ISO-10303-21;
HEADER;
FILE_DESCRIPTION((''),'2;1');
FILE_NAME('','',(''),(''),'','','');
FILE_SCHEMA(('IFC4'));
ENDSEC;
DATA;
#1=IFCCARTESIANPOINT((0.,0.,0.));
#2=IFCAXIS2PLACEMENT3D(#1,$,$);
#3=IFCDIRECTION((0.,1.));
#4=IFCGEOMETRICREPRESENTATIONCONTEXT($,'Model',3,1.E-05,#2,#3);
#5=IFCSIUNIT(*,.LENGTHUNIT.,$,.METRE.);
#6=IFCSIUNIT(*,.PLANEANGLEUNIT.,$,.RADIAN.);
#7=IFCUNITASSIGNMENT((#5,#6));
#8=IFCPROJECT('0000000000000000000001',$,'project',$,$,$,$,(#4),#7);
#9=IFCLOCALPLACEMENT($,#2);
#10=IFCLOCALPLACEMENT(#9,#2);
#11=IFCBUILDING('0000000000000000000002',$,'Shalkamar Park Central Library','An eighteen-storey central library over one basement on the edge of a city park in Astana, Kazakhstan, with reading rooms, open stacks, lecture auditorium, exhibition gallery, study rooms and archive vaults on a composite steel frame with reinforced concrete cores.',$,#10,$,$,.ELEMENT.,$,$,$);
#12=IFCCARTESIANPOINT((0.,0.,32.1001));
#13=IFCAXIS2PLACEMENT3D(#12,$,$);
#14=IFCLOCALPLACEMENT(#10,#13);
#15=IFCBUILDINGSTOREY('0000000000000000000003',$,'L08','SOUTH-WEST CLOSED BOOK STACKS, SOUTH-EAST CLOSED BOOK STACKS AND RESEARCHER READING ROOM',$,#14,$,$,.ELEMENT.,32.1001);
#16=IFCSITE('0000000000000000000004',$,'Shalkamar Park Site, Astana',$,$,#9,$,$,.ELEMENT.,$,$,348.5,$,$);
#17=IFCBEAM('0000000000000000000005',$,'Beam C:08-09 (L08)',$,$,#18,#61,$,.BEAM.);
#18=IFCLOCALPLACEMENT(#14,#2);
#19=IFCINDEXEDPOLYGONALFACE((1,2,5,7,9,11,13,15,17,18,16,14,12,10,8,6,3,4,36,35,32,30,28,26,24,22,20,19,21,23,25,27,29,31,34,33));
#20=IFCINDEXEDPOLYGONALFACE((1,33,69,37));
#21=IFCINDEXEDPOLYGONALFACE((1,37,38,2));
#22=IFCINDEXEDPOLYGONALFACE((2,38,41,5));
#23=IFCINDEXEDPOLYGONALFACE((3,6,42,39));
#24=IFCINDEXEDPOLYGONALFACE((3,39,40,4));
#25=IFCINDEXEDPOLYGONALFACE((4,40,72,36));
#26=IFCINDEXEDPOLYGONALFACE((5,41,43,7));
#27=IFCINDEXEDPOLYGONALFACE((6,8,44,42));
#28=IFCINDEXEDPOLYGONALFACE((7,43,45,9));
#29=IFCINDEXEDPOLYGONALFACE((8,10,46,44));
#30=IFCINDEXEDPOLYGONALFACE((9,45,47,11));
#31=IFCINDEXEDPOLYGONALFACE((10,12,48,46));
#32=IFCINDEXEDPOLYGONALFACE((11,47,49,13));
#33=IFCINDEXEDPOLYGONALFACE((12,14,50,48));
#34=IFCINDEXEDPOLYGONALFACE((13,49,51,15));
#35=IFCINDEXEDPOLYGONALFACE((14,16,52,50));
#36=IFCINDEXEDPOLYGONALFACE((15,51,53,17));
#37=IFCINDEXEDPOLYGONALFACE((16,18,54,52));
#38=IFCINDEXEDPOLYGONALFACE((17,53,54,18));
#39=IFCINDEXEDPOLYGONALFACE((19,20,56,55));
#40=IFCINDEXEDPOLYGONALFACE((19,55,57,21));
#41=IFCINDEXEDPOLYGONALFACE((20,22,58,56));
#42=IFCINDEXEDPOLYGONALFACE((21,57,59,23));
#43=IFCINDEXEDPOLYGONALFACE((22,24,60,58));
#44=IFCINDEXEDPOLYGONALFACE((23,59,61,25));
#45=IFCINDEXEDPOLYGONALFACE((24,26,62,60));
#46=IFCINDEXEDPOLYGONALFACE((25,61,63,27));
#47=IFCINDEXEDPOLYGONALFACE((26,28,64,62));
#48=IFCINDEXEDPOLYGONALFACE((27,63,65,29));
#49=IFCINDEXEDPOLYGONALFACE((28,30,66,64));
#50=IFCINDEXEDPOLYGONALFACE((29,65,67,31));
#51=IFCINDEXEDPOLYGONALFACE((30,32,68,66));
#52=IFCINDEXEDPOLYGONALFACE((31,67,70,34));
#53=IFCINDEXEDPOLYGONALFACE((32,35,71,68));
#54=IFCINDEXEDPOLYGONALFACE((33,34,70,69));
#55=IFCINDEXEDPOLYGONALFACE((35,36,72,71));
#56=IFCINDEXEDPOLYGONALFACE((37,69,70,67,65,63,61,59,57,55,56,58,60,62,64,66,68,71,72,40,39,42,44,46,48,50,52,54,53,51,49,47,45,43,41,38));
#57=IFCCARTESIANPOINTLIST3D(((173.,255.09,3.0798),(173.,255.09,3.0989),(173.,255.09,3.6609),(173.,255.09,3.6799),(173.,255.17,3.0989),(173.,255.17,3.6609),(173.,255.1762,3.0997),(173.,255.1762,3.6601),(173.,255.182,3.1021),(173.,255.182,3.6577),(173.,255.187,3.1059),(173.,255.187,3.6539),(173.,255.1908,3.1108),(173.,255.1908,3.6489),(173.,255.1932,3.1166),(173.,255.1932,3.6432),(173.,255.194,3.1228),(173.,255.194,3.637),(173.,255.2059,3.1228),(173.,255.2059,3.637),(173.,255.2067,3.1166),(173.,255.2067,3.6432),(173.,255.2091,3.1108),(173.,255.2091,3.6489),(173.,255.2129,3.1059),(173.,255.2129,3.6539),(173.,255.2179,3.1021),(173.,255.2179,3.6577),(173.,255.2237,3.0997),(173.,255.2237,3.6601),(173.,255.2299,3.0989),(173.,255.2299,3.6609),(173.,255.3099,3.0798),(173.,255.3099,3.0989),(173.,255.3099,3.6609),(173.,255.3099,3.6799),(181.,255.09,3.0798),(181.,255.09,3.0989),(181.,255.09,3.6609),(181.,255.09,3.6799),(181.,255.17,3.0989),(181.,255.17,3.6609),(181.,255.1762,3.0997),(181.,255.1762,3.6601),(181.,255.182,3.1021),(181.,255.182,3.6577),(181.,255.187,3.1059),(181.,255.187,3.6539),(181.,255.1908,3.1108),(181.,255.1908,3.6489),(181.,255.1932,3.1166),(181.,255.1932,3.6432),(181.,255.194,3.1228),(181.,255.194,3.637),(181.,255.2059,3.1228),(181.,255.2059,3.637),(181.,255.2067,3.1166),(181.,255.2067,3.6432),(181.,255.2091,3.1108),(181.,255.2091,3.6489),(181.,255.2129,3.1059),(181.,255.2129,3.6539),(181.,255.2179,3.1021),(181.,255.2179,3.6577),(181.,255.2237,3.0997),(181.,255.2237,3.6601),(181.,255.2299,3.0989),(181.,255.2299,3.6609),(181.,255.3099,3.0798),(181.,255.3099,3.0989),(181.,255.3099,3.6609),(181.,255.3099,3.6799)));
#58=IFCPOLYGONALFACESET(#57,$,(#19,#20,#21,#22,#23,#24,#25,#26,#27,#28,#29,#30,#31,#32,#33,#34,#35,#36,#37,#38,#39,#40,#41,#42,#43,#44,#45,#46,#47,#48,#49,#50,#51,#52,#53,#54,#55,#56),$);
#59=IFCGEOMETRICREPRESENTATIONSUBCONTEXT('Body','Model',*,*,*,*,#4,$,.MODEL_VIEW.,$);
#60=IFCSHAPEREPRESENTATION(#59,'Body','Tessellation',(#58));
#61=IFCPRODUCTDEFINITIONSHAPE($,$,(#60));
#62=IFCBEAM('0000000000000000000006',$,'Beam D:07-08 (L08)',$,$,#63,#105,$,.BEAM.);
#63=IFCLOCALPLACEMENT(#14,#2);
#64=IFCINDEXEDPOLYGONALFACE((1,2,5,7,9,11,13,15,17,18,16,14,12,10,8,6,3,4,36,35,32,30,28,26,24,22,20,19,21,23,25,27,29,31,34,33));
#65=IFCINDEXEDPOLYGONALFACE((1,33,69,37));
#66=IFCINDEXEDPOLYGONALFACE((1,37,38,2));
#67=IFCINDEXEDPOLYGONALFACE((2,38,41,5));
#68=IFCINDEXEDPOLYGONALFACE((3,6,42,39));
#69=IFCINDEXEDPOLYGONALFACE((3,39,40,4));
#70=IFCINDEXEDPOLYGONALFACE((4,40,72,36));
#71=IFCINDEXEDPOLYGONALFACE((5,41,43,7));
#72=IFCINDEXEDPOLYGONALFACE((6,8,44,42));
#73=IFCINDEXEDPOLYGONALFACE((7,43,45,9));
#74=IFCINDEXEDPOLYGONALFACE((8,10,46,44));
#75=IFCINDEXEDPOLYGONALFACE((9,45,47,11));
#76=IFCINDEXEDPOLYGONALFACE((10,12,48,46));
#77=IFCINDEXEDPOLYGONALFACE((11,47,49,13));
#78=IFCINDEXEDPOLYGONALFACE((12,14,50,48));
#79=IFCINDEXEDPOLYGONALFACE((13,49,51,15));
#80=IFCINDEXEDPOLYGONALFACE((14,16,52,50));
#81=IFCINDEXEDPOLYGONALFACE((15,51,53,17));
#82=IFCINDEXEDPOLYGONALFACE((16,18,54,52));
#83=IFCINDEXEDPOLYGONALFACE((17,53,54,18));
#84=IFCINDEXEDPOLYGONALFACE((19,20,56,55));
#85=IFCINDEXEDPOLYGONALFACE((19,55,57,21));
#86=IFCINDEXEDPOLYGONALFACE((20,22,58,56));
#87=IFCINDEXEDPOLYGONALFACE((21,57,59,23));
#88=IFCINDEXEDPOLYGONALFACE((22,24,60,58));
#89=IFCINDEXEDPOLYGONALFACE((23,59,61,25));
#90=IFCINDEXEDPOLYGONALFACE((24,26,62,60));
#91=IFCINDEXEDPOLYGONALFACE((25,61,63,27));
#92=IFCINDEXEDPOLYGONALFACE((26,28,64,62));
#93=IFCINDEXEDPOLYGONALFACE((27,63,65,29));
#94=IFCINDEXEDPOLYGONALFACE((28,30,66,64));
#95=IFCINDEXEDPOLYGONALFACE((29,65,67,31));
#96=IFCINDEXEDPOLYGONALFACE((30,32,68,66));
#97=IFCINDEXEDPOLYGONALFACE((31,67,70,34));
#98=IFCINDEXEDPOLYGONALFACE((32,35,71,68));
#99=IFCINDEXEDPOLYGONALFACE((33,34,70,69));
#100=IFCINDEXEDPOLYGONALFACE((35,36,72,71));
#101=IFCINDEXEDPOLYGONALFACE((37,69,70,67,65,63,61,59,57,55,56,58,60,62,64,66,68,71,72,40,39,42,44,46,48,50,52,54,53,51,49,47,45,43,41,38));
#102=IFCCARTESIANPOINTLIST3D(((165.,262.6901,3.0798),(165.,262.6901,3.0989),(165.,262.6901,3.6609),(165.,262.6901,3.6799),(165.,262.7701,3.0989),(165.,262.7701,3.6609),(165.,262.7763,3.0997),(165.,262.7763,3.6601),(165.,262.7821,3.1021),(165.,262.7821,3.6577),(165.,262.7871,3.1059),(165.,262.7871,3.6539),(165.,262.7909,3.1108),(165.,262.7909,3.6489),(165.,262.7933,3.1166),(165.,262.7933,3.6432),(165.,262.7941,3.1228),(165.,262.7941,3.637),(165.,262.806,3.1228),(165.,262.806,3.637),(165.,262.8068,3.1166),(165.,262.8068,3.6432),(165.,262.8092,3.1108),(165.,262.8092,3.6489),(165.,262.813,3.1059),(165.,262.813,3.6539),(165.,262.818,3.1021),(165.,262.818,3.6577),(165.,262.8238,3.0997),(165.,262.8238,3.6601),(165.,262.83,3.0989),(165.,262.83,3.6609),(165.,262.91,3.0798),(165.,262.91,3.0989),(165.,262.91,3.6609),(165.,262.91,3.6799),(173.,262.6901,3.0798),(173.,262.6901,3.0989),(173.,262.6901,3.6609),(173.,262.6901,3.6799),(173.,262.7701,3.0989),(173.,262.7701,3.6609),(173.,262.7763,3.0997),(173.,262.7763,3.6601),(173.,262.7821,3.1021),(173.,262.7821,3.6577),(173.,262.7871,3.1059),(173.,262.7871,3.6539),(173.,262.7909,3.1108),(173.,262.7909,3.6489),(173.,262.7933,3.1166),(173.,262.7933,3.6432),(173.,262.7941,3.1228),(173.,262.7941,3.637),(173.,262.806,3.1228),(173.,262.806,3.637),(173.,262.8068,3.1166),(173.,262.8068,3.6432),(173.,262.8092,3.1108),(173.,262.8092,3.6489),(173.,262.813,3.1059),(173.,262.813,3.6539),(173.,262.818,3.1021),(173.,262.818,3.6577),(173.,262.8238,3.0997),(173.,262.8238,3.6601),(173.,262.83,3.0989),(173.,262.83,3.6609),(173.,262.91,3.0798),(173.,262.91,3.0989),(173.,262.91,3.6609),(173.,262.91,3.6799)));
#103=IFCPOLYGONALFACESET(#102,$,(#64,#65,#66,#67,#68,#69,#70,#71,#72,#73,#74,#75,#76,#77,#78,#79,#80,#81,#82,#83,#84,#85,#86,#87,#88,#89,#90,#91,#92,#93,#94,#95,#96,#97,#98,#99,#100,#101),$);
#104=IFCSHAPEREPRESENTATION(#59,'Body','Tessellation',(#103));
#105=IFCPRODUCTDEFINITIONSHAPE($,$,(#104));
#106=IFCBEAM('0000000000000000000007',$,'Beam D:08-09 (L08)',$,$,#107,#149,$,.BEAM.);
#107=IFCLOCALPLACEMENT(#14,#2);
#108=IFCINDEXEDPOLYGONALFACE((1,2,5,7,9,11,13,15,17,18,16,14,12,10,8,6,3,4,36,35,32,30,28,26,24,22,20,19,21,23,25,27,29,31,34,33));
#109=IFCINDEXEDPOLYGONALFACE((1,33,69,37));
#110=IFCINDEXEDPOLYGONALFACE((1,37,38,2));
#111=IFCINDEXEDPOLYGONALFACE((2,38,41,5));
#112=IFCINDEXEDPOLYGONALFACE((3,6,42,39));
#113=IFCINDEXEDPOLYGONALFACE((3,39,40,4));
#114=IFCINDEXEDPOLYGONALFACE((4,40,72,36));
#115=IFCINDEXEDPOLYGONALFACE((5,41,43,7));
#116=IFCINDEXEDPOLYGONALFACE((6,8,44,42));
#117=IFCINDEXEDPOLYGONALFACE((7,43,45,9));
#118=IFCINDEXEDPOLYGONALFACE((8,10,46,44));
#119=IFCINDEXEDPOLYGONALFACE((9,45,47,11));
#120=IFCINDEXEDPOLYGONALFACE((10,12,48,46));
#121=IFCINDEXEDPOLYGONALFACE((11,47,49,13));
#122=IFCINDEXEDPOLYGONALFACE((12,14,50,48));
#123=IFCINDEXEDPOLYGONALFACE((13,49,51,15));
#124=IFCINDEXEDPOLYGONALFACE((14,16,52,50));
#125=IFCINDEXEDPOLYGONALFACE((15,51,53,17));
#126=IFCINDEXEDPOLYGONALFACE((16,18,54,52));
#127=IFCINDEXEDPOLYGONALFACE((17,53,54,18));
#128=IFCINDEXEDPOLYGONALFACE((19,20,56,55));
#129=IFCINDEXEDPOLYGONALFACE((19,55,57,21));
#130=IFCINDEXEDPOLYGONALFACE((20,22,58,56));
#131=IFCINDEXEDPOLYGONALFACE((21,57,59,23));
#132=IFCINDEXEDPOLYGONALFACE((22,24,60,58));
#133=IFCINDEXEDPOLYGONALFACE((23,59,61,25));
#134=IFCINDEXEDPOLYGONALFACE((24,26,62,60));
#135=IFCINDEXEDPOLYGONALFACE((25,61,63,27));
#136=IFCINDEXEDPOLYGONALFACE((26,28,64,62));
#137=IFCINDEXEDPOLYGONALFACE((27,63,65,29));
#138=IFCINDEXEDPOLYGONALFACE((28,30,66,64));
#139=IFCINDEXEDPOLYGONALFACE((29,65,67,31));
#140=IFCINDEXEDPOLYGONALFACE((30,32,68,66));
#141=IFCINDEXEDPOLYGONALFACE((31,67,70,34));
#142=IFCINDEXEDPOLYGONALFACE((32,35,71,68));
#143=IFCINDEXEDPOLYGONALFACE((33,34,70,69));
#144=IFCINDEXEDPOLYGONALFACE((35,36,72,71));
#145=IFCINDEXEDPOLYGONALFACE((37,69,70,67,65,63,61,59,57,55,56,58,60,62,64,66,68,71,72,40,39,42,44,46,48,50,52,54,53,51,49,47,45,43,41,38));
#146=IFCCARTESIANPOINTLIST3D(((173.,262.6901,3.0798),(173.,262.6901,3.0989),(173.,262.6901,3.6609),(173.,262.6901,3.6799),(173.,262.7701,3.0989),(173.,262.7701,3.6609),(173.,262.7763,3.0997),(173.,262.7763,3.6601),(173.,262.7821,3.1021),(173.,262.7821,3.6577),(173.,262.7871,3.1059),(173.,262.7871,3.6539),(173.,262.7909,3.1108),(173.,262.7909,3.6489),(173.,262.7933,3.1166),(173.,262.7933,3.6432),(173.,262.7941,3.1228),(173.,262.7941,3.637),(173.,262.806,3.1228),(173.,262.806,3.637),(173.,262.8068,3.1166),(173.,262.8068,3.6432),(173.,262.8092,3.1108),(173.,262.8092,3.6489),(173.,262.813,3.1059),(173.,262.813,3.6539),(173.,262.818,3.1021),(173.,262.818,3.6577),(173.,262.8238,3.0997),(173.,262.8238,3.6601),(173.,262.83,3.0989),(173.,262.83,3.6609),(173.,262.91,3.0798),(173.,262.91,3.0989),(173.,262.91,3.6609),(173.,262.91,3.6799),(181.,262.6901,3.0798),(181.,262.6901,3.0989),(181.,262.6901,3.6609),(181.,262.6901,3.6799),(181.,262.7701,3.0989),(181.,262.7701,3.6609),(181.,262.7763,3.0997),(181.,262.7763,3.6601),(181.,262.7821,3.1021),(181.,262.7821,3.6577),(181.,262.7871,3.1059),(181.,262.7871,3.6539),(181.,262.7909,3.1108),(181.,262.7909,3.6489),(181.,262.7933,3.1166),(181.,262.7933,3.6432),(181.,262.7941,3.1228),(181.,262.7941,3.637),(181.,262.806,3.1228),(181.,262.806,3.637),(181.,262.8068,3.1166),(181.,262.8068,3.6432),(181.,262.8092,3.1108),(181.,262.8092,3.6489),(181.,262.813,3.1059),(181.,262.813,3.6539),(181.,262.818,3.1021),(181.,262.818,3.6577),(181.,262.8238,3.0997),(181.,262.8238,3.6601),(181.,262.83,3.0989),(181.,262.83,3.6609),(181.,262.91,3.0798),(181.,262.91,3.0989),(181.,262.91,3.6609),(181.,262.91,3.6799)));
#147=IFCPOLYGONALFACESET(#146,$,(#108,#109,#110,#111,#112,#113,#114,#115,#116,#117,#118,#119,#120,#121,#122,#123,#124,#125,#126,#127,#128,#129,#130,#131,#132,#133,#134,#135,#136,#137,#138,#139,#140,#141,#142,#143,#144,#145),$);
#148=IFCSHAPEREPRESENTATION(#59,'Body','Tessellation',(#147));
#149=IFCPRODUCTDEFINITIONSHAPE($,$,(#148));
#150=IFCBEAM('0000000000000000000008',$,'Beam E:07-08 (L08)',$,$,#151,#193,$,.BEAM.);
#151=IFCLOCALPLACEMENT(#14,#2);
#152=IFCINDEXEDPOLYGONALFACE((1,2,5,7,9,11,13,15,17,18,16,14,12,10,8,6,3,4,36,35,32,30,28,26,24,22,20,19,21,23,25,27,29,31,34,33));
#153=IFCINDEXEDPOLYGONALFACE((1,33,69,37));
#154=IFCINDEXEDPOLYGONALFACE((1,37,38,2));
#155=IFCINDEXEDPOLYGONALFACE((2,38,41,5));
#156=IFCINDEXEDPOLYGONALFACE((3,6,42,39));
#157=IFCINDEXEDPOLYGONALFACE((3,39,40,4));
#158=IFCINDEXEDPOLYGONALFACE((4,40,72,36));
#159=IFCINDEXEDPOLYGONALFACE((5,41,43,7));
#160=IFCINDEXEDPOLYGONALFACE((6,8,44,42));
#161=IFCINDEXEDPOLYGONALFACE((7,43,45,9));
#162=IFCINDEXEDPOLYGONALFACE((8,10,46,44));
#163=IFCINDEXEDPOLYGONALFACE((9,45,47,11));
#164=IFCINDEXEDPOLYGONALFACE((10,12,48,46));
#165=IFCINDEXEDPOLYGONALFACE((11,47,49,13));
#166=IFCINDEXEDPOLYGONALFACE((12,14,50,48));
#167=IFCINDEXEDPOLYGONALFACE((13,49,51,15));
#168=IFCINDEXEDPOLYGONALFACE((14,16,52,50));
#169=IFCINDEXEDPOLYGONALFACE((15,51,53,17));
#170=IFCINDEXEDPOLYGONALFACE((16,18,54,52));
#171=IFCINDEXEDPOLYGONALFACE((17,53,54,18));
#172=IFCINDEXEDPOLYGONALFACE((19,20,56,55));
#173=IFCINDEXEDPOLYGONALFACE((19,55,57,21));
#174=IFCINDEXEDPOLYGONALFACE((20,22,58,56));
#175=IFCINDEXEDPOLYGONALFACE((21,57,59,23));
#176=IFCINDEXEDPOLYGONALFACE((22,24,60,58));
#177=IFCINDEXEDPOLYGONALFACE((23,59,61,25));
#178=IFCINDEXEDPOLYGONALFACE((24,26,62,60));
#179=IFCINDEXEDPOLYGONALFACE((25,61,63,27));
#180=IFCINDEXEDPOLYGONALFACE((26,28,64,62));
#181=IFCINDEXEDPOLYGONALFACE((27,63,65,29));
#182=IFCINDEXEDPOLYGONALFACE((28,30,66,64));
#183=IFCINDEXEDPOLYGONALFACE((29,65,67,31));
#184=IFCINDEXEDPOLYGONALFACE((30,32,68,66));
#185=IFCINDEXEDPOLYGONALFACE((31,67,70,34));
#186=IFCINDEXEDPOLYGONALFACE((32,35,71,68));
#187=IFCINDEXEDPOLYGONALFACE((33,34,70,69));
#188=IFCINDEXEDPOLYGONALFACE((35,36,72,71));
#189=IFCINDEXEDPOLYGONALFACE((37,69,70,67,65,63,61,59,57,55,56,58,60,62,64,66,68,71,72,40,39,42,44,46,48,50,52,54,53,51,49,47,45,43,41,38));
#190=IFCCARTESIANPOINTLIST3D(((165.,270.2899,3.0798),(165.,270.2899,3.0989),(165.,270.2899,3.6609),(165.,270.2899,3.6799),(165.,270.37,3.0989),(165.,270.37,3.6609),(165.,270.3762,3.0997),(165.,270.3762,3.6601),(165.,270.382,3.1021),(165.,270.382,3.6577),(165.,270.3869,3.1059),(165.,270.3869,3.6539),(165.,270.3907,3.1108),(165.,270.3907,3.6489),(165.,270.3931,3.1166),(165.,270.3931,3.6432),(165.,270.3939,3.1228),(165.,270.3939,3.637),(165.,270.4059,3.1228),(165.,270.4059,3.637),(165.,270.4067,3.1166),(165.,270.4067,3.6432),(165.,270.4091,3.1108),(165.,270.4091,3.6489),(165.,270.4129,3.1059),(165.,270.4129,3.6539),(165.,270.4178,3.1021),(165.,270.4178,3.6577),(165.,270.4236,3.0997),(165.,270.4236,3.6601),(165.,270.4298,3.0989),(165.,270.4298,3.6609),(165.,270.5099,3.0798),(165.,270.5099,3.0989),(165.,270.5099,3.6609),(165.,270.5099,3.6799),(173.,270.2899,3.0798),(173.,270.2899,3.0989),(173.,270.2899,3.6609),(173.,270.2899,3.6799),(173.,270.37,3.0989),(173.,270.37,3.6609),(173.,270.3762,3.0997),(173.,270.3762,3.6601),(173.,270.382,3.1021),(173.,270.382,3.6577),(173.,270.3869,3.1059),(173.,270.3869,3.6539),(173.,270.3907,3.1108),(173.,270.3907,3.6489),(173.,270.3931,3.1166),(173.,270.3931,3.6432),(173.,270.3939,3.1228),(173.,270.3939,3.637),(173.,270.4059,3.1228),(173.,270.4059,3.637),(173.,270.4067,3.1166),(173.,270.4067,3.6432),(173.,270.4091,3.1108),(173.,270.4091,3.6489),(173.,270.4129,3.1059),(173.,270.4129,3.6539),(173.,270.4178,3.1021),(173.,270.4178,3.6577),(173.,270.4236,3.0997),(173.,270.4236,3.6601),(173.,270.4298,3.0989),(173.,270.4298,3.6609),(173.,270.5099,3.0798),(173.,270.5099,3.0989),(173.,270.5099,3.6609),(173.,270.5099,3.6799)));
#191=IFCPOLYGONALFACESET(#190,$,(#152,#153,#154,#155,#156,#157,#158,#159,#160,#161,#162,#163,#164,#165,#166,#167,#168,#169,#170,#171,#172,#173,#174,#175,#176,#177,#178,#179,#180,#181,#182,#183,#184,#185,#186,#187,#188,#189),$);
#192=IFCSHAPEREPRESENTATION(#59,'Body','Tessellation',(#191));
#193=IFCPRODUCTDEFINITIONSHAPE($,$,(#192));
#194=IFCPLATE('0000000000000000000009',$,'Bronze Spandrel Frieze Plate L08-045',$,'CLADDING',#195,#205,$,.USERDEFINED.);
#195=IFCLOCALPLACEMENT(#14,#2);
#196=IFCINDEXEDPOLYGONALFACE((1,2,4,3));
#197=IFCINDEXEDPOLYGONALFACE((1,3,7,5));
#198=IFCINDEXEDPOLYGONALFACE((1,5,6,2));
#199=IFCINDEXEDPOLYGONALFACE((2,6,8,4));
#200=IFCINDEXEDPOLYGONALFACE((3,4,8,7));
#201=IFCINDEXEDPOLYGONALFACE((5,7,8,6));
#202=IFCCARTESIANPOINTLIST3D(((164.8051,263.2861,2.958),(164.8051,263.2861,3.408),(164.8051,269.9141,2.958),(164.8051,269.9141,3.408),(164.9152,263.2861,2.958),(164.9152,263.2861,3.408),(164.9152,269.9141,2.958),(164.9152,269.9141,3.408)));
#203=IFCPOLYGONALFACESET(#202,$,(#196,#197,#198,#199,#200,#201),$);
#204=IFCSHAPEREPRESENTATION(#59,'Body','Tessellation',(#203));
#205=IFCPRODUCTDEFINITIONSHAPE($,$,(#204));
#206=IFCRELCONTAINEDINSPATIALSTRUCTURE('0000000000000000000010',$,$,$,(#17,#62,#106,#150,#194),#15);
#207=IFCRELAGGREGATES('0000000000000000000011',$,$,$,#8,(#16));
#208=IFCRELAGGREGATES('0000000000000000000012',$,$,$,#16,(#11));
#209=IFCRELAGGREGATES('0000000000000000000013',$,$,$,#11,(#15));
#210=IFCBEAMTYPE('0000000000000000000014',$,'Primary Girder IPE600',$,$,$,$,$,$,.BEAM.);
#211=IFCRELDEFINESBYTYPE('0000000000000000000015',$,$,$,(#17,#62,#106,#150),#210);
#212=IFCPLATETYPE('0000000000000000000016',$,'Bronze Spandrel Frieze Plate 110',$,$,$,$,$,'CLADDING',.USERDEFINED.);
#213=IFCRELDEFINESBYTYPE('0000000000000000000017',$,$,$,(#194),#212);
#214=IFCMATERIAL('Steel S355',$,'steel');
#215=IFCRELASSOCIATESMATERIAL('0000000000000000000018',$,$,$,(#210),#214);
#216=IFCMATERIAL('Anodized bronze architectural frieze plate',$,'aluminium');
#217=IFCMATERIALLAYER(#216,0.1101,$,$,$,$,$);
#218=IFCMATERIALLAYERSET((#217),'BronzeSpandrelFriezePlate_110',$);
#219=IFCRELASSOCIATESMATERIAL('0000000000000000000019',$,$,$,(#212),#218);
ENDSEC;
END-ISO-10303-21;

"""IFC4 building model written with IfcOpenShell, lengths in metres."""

from ifc_helpers import new_model, si_unit, direction, frame, origin, origin_2d, place, context, subcontext, project, spatial, rectangle, i_section, extrude, material, layer, layer_set, material_profile, profile_set, type_object, element, save


model = new_model("IFC4")

# Units and contexts
model_context = context("Model", 3, precision=1e-05, world=origin(), true_north=direction((0.0, 1.0)))
body_context = subcontext(model_context, "Body", "Model", "MODEL_VIEW")
ifc_project = project(units=[si_unit("LENGTHUNIT", "METRE"), si_unit("PLANEANGLEUNIT", "RADIAN")], contexts=[model_context])

# Site, building, storey
site_placement = place(None, origin())
site = spatial("IfcSite", under=ifc_project, at=site_placement, Name="Shalkamar Park Site, Astana", CompositionType="ELEMENT", RefElevation=348.5)
building_placement = place(site_placement, origin())
building = spatial("IfcBuilding", under=site, at=building_placement, Name="Shalkamar Park Central Library", Description="An eighteen-storey central library over one basement on the edge of a city park in Astana, Kazakhstan, with reading rooms, open stacks, lecture auditorium, exhibition gallery, study rooms and archive vaults on a composite steel frame with reinforced concrete cores.", CompositionType="ELEMENT")
storey_placement = place(building_placement, frame((0.0, 0.0, 32.1001)))
storey = spatial("IfcBuildingStorey", under=building, at=storey_placement, Name="L08", Description="SOUTH-WEST CLOSED BOOK STACKS, SOUTH-EAST CLOSED BOOK STACKS AND RESEARCHER READING ROOM", CompositionType="ELEMENT", Elevation=32.1001)

# Shared definitions
ifc_material_1 = material(Name="Steel S355", Category="steel")

# Beams
ifc_material_profile_1 = material_profile(ifc_material_1, i_section(OverallWidth=0.22, OverallDepth=0.6001, WebThickness=0.012, FlangeThickness=0.019, FilletRadius=0.0239, at=origin_2d()), Name="IPE 600")
ifc_profile_set_1 = profile_set([ifc_material_profile_1], Name="Steel S355")
beam_type_1 = type_object("IfcBeamType", Name="Primary Girder IPE600", PredefinedType="BEAM", material=ifc_profile_set_1)
for number, where, z_axis, x_axis, name in (
    (1, (173.0, 255.2, 3.3799), (1.0, 0.0, 0.0), (0.0, 1.0, 0.0), "Beam C:08-09 (L08)"),
    (2, (165.0, 262.8, 3.3799), (1.0, 0.0, 0.0), (0.0, 1.0, 0.0), "Beam D:07-08 (L08)"),
    (3, (173.0, 262.8, 3.3799), (1.0, 0.0, 0.0), (0.0, 1.0, 0.0), "Beam D:08-09 (L08)"),
    (4, (165.0, 270.3999, 3.3799), (1.0, 0.0, 0.0), (0.0, 1.0, 0.0), "Beam E:07-08 (L08)"),
):
    element("IfcBeam", number, at=place(storey_placement, frame(where, z_axis=z_axis, x_axis=x_axis)), inside=storey, type_object=beam_type_1, Name=name, PredefinedType="BEAM", context=body_context, shape_type="SweptSolid", body=[
        extrude(i_section(OverallWidth=0.22, OverallDepth=0.6001, WebThickness=0.012, FlangeThickness=0.019, FilletRadius=0.0239, at=origin_2d()), origin(), (0.0, 0.0, 1.0), 8.0),
    ])

# Plate
ifc_material_2 = material(Name="Anodized bronze architectural frieze plate", Category="aluminium")
ifc_layer_1 = layer(ifc_material_2, 0.1101)
ifc_layer_set_1 = layer_set([ifc_layer_1], Name="BronzeSpandrelFriezePlate_110")
plate_type = type_object("IfcPlateType", Name="Bronze Spandrel Frieze Plate 110", ElementType="CLADDING", PredefinedType="USERDEFINED", material=ifc_layer_set_1)
plate_placement = place(storey_placement, frame((164.8601, 266.6001, 2.958), z_axis=(0.0, 0.0, 1.0), x_axis=(1.0, 0.0, 0.0)))
element("IfcPlate", 5, at=plate_placement, inside=storey, type_object=plate_type, Name="Bronze Spandrel Frieze Plate L08-045", ObjectType="CLADDING", PredefinedType="USERDEFINED", context=body_context, shape_type="SweptSolid", body=[
    extrude(rectangle(XDim=0.1101, YDim=6.6279, at=origin_2d()), origin(), (0.0, 0.0, 1.0), 0.45),
])

save(model, "model.ifc")
